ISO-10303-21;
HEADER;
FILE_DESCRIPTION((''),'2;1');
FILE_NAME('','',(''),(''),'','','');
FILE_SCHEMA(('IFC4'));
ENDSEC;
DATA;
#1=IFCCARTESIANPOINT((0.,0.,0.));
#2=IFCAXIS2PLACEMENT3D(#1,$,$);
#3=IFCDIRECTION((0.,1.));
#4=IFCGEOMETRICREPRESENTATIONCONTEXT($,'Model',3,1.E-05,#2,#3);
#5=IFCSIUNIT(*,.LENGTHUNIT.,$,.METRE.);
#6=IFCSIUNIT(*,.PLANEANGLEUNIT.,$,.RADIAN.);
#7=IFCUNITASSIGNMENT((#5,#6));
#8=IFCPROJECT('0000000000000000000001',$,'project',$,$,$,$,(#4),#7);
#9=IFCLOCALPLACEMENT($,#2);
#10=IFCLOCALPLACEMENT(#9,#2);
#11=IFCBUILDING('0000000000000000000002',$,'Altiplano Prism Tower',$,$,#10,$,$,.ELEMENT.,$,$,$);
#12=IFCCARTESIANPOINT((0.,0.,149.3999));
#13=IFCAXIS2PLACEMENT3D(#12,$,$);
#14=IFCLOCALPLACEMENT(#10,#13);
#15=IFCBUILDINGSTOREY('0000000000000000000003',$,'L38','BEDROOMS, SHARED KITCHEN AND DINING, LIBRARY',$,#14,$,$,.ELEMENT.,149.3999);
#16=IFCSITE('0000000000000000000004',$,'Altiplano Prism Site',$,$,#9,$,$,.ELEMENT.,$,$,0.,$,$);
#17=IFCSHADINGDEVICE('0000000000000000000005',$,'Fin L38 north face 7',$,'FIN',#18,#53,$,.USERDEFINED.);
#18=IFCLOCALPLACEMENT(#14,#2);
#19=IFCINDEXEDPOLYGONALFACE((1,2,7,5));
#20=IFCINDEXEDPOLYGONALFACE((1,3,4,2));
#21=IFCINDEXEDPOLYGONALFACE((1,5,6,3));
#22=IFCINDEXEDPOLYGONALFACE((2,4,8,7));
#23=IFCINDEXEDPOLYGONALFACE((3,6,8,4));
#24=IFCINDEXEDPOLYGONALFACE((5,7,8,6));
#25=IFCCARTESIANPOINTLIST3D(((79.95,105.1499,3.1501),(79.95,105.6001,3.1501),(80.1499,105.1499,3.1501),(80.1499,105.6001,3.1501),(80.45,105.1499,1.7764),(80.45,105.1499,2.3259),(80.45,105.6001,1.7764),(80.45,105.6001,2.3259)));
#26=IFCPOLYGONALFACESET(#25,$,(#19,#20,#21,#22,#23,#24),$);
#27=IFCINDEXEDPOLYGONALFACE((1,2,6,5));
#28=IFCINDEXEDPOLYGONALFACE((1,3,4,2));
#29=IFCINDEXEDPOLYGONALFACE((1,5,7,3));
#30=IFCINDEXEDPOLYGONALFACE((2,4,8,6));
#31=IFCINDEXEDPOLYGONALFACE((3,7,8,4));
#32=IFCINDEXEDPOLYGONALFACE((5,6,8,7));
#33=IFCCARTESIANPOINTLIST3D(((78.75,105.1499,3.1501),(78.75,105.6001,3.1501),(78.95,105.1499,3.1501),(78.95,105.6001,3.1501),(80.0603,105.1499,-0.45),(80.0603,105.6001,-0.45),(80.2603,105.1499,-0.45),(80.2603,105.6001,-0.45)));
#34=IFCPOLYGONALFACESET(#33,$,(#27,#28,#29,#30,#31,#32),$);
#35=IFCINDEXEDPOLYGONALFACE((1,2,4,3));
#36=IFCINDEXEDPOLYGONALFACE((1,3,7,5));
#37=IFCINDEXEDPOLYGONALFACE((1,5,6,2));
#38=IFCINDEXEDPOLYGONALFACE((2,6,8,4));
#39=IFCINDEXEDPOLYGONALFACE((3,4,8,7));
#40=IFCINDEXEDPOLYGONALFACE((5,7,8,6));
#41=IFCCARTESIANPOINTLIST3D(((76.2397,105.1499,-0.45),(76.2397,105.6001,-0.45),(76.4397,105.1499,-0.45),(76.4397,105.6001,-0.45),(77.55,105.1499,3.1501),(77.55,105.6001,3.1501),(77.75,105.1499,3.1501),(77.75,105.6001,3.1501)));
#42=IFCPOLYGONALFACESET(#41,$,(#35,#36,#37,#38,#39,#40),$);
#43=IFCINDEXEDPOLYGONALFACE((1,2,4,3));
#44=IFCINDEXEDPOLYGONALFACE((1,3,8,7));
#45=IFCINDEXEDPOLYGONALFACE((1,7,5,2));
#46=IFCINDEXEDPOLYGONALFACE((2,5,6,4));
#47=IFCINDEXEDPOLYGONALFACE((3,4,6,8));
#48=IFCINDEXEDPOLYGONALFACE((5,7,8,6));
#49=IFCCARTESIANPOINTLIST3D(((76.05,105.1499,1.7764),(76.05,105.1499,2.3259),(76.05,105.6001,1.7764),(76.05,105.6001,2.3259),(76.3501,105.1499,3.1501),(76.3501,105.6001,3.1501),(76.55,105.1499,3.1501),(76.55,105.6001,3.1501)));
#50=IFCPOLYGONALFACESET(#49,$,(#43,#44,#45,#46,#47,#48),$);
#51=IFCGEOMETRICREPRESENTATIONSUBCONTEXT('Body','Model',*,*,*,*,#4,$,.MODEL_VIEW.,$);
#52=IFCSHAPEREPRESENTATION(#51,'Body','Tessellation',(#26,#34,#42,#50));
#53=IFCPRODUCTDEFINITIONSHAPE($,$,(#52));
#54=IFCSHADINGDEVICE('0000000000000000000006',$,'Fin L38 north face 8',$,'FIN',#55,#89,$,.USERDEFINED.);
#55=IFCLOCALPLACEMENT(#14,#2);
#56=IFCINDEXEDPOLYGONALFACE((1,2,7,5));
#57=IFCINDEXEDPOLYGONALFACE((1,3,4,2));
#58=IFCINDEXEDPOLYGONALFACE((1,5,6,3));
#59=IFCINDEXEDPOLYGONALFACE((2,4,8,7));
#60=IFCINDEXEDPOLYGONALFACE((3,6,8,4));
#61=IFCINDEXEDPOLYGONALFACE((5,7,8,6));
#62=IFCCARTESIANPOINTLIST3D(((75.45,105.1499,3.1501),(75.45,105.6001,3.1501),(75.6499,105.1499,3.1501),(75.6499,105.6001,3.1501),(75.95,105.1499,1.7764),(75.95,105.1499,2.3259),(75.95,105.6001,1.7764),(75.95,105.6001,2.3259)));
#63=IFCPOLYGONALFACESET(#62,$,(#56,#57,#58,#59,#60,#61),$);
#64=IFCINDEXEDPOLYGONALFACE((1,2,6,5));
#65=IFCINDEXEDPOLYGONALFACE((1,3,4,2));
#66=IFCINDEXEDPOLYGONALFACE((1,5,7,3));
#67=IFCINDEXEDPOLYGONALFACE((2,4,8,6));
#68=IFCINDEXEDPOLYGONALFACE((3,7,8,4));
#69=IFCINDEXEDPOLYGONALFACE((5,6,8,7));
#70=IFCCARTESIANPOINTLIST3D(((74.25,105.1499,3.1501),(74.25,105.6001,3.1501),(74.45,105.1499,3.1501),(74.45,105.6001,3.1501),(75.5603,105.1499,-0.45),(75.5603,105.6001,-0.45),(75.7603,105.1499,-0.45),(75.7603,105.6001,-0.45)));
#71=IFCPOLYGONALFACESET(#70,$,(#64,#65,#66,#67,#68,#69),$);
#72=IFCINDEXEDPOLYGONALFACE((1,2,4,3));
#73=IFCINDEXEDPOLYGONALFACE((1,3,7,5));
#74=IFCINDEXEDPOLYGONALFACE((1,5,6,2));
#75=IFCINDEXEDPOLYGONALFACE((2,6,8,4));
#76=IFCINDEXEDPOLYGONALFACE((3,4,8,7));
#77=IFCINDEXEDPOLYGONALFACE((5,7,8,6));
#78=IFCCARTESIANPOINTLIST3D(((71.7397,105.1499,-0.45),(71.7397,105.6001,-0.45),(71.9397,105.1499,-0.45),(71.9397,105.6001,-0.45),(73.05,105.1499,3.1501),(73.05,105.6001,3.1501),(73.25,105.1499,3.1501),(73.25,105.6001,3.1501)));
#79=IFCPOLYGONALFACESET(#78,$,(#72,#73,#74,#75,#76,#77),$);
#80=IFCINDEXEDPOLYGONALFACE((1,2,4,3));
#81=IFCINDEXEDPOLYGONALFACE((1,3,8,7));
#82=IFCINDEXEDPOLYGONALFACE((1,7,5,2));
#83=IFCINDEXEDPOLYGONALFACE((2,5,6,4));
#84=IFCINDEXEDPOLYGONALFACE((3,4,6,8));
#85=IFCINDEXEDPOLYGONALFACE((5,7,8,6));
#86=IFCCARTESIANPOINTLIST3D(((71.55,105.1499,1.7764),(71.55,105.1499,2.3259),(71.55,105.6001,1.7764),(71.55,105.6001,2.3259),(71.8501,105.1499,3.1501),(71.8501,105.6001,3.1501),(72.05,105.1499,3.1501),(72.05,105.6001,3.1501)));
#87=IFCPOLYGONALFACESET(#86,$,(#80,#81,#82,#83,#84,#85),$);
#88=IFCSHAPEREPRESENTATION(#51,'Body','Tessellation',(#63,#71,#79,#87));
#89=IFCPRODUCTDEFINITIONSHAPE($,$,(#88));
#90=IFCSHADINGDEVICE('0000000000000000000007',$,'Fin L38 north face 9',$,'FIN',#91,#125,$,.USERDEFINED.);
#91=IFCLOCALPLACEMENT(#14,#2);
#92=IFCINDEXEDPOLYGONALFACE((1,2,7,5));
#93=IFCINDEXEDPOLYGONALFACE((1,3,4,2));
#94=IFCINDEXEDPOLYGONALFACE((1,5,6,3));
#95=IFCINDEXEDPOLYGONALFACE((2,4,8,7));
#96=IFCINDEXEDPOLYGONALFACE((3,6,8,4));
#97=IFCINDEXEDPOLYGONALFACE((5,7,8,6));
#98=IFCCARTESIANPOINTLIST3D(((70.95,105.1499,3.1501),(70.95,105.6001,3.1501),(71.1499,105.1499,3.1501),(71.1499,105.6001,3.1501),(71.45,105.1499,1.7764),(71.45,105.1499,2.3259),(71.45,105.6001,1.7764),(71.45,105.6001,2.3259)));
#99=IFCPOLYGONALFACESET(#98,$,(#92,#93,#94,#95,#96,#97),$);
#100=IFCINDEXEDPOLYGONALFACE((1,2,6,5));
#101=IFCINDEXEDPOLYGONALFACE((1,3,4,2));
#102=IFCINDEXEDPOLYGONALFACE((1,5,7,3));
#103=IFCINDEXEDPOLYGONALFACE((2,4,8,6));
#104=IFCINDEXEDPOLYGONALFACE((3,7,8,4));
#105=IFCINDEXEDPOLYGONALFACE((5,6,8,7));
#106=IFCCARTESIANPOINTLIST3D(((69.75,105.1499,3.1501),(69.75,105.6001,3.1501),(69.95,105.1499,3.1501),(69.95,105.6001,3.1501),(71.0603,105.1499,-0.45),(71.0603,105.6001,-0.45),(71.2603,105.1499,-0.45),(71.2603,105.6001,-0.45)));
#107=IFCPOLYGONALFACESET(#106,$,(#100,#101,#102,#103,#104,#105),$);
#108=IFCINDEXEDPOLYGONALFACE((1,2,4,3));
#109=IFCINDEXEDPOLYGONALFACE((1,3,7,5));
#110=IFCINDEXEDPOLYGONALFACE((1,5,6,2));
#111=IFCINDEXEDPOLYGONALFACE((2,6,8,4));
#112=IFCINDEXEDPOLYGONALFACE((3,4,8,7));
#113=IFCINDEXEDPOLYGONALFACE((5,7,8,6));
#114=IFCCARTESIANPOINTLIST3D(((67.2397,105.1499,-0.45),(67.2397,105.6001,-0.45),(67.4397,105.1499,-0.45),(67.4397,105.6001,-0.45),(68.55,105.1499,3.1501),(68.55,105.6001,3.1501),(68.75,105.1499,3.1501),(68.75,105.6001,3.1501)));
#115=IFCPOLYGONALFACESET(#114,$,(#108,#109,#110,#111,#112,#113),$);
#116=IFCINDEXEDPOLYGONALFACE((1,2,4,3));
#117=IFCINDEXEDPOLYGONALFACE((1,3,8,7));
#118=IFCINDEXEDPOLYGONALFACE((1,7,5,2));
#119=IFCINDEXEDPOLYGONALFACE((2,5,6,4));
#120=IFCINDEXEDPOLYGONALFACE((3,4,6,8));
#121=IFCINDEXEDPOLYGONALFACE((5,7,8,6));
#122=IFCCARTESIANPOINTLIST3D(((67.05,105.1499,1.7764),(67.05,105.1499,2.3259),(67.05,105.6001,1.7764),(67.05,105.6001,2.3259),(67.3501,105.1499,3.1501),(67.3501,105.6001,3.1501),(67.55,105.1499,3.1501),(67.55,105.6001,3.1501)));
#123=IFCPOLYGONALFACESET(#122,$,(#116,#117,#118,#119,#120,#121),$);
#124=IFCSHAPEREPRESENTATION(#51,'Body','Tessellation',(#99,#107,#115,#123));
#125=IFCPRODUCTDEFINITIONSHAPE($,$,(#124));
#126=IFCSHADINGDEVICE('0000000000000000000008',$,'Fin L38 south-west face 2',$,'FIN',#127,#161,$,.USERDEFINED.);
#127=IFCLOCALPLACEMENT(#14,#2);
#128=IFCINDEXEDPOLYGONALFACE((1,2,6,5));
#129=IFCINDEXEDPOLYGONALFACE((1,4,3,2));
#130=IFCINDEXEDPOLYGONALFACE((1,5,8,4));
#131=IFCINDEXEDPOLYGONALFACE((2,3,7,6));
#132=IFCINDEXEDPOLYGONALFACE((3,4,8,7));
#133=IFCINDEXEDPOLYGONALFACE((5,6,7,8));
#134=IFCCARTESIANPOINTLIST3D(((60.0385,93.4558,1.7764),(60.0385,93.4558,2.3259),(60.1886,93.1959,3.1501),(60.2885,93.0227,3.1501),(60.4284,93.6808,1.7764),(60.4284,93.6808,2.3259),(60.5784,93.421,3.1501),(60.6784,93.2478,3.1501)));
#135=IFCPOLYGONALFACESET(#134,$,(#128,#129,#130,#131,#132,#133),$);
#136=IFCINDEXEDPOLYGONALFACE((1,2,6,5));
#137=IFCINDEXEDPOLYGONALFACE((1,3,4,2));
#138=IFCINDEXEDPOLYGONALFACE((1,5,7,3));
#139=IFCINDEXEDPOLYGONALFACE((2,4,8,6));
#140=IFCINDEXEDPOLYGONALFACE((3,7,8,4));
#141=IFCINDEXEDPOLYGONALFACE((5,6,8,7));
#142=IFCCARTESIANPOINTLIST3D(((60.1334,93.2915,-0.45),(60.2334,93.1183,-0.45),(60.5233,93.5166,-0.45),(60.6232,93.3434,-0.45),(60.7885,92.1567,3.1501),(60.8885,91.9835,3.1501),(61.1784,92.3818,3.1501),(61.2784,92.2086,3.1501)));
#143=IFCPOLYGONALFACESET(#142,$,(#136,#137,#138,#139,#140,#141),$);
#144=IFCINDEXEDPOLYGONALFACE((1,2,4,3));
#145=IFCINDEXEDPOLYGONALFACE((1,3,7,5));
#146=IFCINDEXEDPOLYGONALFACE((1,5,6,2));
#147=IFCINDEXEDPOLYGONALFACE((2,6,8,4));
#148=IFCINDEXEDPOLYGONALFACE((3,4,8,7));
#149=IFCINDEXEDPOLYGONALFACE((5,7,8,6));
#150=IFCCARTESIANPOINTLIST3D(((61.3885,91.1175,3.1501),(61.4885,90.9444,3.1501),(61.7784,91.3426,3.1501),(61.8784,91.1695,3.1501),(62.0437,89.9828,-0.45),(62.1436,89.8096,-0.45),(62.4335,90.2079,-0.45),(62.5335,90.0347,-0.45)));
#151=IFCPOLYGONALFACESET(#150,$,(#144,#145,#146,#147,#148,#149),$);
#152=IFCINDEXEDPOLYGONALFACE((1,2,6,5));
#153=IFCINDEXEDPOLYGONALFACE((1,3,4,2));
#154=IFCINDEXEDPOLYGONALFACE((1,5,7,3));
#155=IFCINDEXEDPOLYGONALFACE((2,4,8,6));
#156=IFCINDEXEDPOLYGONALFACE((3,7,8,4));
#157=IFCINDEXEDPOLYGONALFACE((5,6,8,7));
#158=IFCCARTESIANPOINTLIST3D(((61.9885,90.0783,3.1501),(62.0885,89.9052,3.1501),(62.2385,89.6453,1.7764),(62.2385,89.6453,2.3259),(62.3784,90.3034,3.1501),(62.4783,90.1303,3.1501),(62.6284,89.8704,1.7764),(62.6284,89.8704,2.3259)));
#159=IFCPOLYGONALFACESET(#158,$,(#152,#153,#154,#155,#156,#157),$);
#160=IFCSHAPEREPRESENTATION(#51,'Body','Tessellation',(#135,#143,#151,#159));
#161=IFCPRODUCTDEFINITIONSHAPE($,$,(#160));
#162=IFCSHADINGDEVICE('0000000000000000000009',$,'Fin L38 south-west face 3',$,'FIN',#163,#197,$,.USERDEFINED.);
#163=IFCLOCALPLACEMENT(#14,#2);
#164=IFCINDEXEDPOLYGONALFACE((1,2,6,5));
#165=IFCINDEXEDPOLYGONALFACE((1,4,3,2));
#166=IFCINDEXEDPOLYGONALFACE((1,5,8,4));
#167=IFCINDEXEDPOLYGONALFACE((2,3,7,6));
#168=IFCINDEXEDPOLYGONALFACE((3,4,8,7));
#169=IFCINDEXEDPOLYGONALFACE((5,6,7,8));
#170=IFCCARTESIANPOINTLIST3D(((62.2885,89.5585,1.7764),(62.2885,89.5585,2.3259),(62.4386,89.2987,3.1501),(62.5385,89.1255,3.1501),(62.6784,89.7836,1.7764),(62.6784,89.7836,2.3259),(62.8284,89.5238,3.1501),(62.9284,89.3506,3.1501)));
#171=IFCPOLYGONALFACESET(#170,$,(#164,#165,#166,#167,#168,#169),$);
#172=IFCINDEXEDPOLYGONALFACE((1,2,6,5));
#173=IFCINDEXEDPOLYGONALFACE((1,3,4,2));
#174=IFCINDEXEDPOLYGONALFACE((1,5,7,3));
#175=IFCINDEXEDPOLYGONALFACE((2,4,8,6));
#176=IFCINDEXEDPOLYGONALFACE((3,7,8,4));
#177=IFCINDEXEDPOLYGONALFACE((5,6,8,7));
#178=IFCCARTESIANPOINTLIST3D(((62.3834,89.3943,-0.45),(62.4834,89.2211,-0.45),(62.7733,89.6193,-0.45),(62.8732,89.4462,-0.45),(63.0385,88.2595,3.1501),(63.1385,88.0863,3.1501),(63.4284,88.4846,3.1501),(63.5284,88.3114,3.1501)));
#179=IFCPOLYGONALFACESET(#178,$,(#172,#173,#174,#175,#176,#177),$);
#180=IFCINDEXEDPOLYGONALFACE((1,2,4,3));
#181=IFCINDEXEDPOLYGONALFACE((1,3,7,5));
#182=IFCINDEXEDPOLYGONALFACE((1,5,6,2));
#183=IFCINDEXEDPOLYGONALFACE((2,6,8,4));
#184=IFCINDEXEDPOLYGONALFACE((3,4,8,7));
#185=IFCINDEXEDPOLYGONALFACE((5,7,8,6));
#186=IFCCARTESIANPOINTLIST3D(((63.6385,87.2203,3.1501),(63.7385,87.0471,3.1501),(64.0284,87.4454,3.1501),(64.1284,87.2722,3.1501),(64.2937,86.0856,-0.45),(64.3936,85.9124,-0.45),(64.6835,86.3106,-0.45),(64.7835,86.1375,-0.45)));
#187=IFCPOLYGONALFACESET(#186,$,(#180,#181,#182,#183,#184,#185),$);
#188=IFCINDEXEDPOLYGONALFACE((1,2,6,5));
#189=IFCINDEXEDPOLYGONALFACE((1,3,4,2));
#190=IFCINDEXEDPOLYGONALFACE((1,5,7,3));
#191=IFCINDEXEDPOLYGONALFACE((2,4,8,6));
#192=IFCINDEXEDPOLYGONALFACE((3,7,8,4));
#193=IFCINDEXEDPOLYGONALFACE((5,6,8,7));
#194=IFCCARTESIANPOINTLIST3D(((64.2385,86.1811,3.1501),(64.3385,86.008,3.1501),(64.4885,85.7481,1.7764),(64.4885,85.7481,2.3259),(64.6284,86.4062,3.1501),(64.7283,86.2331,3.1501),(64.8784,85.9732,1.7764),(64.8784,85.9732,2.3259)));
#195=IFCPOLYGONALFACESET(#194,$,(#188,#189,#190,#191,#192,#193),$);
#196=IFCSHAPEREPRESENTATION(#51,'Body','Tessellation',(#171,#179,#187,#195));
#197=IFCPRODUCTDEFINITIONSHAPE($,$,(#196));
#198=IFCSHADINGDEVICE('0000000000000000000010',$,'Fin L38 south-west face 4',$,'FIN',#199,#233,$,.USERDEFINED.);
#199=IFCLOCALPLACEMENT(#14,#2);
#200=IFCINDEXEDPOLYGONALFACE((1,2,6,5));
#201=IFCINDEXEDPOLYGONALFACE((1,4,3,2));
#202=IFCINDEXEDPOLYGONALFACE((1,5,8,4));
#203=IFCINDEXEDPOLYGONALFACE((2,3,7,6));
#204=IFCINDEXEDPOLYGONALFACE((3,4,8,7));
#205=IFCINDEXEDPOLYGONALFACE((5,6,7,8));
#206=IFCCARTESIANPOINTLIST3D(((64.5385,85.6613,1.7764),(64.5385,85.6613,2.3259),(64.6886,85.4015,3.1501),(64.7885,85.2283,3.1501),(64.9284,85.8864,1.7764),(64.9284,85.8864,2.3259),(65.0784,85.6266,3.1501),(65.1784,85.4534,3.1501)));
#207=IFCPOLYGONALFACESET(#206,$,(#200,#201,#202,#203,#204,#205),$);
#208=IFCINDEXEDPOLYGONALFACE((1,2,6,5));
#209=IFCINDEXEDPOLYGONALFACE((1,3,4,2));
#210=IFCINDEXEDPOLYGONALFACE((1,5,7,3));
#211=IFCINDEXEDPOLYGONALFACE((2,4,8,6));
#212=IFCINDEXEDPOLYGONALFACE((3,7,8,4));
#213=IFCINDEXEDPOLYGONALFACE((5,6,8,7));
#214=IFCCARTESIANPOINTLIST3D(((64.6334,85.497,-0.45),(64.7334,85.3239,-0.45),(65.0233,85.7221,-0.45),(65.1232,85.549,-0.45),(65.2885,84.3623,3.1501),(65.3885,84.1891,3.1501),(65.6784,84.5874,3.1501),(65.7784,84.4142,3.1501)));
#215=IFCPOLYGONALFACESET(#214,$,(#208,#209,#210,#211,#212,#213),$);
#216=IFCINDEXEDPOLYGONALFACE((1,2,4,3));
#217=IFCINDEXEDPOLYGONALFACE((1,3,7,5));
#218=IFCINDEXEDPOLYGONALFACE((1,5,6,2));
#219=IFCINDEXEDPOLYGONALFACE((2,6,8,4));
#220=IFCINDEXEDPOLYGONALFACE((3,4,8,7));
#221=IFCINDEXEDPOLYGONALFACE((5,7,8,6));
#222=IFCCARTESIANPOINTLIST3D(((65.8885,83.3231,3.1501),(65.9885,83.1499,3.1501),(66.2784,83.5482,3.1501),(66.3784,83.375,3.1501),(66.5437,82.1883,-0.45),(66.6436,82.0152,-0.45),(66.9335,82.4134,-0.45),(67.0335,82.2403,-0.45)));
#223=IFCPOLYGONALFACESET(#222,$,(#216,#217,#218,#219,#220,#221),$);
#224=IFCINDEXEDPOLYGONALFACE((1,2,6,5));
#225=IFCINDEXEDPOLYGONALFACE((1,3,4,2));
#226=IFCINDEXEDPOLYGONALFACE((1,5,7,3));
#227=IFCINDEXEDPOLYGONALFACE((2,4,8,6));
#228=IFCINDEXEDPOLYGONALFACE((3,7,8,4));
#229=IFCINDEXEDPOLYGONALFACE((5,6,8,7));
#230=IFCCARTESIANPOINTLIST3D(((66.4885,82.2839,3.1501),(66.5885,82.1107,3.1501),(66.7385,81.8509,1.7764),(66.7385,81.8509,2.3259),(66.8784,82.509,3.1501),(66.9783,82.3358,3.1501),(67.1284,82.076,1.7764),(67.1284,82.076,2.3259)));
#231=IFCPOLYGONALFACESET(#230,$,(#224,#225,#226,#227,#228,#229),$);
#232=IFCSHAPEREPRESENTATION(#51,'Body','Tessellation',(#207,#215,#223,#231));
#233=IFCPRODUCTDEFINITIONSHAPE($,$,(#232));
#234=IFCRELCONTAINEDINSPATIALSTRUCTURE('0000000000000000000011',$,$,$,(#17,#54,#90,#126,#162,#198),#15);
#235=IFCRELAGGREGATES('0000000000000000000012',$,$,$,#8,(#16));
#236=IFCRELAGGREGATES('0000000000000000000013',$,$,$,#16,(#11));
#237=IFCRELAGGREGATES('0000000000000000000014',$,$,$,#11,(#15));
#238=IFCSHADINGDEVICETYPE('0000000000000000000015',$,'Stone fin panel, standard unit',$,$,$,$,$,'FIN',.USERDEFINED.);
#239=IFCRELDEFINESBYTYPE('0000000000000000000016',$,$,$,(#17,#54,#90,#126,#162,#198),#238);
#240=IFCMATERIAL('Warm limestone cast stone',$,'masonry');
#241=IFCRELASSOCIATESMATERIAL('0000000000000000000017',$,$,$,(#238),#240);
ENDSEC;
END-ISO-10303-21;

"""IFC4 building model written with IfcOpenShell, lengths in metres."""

from ifc_helpers import new_model, si_unit, direction, frame, origin, place, context, subcontext, project, spatial, polyline, outline, extrude, source, transform, mapped, material, type_object, element, save


model = new_model("IFC4")

# Units and contexts
model_context = context("Model", 3, precision=1e-05, world=origin(), true_north=direction((0.0, 1.0)))
body_context = subcontext(model_context, "Body", "Model", "MODEL_VIEW")
ifc_project = project(units=[si_unit("LENGTHUNIT", "METRE"), si_unit("PLANEANGLEUNIT", "RADIAN")], contexts=[model_context])

# Site, building, storey
site_placement = place(None, origin())
site = spatial("IfcSite", under=ifc_project, at=site_placement, Name="Altiplano Prism Site", CompositionType="ELEMENT", RefElevation=0.0)
building_placement = place(site_placement, origin())
building = spatial("IfcBuilding", under=site, at=building_placement, Name="Altiplano Prism Tower", CompositionType="ELEMENT")
storey_placement = place(building_placement, frame((0.0, 0.0, 149.3999)))
storey = spatial("IfcBuildingStorey", under=building, at=storey_placement, Name="L38", Description="BEDROOMS, SHARED KITCHEN AND DINING, LIBRARY", CompositionType="ELEMENT", Elevation=149.3999)

# Shading devices
ifc_material_1 = material(Name="Warm limestone cast stone", Category="masonry")
shading_device_type_1 = type_object("IfcShadingDeviceType", Name="Stone fin panel, standard unit", ElementType="FIN", PredefinedType="USERDEFINED", material=ifc_material_1)
shared_shape_1 = source(origin(), body_context, "Body", "SweptSolid", [
    extrude(outline(polyline([(-2.2, 2.2263), (-1.7, 3.6001), (-1.8999, 3.6001), (-2.2, 2.7759), (-2.2, 2.2263)])), frame((0.0, -0.1499, 0.0), z_axis=(0.0, -1.0, 0.0), x_axis=(1.0, 0.0, 0.0)), (0.0, 0.0, 1.0), 0.4502),
    extrude(outline(polyline([(-2.0103, 0.0), (-1.8103, 0.0), (-0.5, 3.6001), (-0.7, 3.6001), (-2.0103, 0.0)])), frame((0.0, -0.1499, 0.0), z_axis=(0.0, -1.0, 0.0), x_axis=(1.0, 0.0, 0.0)), (0.0, 0.0, 1.0), 0.4502),
    extrude(outline(polyline([(1.8103, 0.0), (2.0103, 0.0), (0.7, 3.6001), (0.5, 3.6001), (1.8103, 0.0)])), frame((0.0, -0.1499, 0.0), z_axis=(0.0, -1.0, 0.0), x_axis=(1.0, 0.0, 0.0)), (0.0, 0.0, 1.0), 0.4502),
    extrude(outline(polyline([(2.2, 2.7759), (1.8999, 3.6001), (1.7, 3.6001), (2.2, 2.2263), (2.2, 2.7759)])), frame((0.0, -0.1499, 0.0), z_axis=(0.0, -1.0, 0.0), x_axis=(1.0, 0.0, 0.0)), (0.0, 0.0, 1.0), 0.4502),
])
shading_device_1_placement = place(storey_placement, origin())
element("IfcShadingDevice", 1, at=shading_device_1_placement, inside=storey, type_object=shading_device_type_1, Name="Fin L38 north face 7", ObjectType="FIN", PredefinedType="USERDEFINED", context=body_context, shape_type="MappedRepresentation", body=[
    mapped(shared_shape_1, transform((78.25, 105.0, -0.45), x_axis=(-1.0, 0.0, 0.0), y_axis=(0.0, -1.0, 0.0), z_axis=(0.0, 0.0, 1.0))),
])
shading_device_2_placement = place(storey_placement, origin())
element("IfcShadingDevice", 2, at=shading_device_2_placement, inside=storey, type_object=shading_device_type_1, Name="Fin L38 north face 8", ObjectType="FIN", PredefinedType="USERDEFINED", context=body_context, shape_type="MappedRepresentation", body=[
    mapped(shared_shape_1, transform((73.75, 105.0, -0.45), x_axis=(-1.0, 0.0, 0.0), y_axis=(0.0, -1.0, 0.0), z_axis=(0.0, 0.0, 1.0))),
])
shading_device_3_placement = place(storey_placement, origin())
element("IfcShadingDevice", 3, at=shading_device_3_placement, inside=storey, type_object=shading_device_type_1, Name="Fin L38 north face 9", ObjectType="FIN", PredefinedType="USERDEFINED", context=body_context, shape_type="MappedRepresentation", body=[
    mapped(shared_shape_1, transform((69.25, 105.0, -0.45), x_axis=(-1.0, 0.0, 0.0), y_axis=(0.0, -1.0, 0.0), z_axis=(0.0, 0.0, 1.0))),
])
shading_device_4_placement = place(storey_placement, origin())
element("IfcShadingDevice", 4, at=shading_device_4_placement, inside=storey, type_object=shading_device_type_1, Name="Fin L38 south-west face 2", ObjectType="FIN", PredefinedType="USERDEFINED", context=body_context, shape_type="MappedRepresentation", body=[
    mapped(shared_shape_1, transform((61.6582, 91.8506, -0.45), x_axis=(0.5, -0.866025, 0.0), y_axis=(0.866025, 0.5, 0.0), z_axis=(0.0, 0.0, 1.0))),
])
shading_device_5_placement = place(storey_placement, origin())
element("IfcShadingDevice", 5, at=shading_device_5_placement, inside=storey, type_object=shading_device_type_1, Name="Fin L38 south-west face 3", ObjectType="FIN", PredefinedType="USERDEFINED", context=body_context, shape_type="MappedRepresentation", body=[
    mapped(shared_shape_1, transform((63.9082, 87.9534, -0.45), x_axis=(0.5, -0.866025, 0.0), y_axis=(0.866025, 0.5, 0.0), z_axis=(0.0, 0.0, 1.0))),
])
shading_device_6_placement = place(storey_placement, origin())
element("IfcShadingDevice", 6, at=shading_device_6_placement, inside=storey, type_object=shading_device_type_1, Name="Fin L38 south-west face 4", ObjectType="FIN", PredefinedType="USERDEFINED", context=body_context, shape_type="MappedRepresentation", body=[
    mapped(shared_shape_1, transform((66.1582, 84.0562, -0.45), x_axis=(0.5, -0.866025, 0.0), y_axis=(0.866025, 0.5, 0.0), z_axis=(0.0, 0.0, 1.0))),
])

save(model, "model.ifc")
